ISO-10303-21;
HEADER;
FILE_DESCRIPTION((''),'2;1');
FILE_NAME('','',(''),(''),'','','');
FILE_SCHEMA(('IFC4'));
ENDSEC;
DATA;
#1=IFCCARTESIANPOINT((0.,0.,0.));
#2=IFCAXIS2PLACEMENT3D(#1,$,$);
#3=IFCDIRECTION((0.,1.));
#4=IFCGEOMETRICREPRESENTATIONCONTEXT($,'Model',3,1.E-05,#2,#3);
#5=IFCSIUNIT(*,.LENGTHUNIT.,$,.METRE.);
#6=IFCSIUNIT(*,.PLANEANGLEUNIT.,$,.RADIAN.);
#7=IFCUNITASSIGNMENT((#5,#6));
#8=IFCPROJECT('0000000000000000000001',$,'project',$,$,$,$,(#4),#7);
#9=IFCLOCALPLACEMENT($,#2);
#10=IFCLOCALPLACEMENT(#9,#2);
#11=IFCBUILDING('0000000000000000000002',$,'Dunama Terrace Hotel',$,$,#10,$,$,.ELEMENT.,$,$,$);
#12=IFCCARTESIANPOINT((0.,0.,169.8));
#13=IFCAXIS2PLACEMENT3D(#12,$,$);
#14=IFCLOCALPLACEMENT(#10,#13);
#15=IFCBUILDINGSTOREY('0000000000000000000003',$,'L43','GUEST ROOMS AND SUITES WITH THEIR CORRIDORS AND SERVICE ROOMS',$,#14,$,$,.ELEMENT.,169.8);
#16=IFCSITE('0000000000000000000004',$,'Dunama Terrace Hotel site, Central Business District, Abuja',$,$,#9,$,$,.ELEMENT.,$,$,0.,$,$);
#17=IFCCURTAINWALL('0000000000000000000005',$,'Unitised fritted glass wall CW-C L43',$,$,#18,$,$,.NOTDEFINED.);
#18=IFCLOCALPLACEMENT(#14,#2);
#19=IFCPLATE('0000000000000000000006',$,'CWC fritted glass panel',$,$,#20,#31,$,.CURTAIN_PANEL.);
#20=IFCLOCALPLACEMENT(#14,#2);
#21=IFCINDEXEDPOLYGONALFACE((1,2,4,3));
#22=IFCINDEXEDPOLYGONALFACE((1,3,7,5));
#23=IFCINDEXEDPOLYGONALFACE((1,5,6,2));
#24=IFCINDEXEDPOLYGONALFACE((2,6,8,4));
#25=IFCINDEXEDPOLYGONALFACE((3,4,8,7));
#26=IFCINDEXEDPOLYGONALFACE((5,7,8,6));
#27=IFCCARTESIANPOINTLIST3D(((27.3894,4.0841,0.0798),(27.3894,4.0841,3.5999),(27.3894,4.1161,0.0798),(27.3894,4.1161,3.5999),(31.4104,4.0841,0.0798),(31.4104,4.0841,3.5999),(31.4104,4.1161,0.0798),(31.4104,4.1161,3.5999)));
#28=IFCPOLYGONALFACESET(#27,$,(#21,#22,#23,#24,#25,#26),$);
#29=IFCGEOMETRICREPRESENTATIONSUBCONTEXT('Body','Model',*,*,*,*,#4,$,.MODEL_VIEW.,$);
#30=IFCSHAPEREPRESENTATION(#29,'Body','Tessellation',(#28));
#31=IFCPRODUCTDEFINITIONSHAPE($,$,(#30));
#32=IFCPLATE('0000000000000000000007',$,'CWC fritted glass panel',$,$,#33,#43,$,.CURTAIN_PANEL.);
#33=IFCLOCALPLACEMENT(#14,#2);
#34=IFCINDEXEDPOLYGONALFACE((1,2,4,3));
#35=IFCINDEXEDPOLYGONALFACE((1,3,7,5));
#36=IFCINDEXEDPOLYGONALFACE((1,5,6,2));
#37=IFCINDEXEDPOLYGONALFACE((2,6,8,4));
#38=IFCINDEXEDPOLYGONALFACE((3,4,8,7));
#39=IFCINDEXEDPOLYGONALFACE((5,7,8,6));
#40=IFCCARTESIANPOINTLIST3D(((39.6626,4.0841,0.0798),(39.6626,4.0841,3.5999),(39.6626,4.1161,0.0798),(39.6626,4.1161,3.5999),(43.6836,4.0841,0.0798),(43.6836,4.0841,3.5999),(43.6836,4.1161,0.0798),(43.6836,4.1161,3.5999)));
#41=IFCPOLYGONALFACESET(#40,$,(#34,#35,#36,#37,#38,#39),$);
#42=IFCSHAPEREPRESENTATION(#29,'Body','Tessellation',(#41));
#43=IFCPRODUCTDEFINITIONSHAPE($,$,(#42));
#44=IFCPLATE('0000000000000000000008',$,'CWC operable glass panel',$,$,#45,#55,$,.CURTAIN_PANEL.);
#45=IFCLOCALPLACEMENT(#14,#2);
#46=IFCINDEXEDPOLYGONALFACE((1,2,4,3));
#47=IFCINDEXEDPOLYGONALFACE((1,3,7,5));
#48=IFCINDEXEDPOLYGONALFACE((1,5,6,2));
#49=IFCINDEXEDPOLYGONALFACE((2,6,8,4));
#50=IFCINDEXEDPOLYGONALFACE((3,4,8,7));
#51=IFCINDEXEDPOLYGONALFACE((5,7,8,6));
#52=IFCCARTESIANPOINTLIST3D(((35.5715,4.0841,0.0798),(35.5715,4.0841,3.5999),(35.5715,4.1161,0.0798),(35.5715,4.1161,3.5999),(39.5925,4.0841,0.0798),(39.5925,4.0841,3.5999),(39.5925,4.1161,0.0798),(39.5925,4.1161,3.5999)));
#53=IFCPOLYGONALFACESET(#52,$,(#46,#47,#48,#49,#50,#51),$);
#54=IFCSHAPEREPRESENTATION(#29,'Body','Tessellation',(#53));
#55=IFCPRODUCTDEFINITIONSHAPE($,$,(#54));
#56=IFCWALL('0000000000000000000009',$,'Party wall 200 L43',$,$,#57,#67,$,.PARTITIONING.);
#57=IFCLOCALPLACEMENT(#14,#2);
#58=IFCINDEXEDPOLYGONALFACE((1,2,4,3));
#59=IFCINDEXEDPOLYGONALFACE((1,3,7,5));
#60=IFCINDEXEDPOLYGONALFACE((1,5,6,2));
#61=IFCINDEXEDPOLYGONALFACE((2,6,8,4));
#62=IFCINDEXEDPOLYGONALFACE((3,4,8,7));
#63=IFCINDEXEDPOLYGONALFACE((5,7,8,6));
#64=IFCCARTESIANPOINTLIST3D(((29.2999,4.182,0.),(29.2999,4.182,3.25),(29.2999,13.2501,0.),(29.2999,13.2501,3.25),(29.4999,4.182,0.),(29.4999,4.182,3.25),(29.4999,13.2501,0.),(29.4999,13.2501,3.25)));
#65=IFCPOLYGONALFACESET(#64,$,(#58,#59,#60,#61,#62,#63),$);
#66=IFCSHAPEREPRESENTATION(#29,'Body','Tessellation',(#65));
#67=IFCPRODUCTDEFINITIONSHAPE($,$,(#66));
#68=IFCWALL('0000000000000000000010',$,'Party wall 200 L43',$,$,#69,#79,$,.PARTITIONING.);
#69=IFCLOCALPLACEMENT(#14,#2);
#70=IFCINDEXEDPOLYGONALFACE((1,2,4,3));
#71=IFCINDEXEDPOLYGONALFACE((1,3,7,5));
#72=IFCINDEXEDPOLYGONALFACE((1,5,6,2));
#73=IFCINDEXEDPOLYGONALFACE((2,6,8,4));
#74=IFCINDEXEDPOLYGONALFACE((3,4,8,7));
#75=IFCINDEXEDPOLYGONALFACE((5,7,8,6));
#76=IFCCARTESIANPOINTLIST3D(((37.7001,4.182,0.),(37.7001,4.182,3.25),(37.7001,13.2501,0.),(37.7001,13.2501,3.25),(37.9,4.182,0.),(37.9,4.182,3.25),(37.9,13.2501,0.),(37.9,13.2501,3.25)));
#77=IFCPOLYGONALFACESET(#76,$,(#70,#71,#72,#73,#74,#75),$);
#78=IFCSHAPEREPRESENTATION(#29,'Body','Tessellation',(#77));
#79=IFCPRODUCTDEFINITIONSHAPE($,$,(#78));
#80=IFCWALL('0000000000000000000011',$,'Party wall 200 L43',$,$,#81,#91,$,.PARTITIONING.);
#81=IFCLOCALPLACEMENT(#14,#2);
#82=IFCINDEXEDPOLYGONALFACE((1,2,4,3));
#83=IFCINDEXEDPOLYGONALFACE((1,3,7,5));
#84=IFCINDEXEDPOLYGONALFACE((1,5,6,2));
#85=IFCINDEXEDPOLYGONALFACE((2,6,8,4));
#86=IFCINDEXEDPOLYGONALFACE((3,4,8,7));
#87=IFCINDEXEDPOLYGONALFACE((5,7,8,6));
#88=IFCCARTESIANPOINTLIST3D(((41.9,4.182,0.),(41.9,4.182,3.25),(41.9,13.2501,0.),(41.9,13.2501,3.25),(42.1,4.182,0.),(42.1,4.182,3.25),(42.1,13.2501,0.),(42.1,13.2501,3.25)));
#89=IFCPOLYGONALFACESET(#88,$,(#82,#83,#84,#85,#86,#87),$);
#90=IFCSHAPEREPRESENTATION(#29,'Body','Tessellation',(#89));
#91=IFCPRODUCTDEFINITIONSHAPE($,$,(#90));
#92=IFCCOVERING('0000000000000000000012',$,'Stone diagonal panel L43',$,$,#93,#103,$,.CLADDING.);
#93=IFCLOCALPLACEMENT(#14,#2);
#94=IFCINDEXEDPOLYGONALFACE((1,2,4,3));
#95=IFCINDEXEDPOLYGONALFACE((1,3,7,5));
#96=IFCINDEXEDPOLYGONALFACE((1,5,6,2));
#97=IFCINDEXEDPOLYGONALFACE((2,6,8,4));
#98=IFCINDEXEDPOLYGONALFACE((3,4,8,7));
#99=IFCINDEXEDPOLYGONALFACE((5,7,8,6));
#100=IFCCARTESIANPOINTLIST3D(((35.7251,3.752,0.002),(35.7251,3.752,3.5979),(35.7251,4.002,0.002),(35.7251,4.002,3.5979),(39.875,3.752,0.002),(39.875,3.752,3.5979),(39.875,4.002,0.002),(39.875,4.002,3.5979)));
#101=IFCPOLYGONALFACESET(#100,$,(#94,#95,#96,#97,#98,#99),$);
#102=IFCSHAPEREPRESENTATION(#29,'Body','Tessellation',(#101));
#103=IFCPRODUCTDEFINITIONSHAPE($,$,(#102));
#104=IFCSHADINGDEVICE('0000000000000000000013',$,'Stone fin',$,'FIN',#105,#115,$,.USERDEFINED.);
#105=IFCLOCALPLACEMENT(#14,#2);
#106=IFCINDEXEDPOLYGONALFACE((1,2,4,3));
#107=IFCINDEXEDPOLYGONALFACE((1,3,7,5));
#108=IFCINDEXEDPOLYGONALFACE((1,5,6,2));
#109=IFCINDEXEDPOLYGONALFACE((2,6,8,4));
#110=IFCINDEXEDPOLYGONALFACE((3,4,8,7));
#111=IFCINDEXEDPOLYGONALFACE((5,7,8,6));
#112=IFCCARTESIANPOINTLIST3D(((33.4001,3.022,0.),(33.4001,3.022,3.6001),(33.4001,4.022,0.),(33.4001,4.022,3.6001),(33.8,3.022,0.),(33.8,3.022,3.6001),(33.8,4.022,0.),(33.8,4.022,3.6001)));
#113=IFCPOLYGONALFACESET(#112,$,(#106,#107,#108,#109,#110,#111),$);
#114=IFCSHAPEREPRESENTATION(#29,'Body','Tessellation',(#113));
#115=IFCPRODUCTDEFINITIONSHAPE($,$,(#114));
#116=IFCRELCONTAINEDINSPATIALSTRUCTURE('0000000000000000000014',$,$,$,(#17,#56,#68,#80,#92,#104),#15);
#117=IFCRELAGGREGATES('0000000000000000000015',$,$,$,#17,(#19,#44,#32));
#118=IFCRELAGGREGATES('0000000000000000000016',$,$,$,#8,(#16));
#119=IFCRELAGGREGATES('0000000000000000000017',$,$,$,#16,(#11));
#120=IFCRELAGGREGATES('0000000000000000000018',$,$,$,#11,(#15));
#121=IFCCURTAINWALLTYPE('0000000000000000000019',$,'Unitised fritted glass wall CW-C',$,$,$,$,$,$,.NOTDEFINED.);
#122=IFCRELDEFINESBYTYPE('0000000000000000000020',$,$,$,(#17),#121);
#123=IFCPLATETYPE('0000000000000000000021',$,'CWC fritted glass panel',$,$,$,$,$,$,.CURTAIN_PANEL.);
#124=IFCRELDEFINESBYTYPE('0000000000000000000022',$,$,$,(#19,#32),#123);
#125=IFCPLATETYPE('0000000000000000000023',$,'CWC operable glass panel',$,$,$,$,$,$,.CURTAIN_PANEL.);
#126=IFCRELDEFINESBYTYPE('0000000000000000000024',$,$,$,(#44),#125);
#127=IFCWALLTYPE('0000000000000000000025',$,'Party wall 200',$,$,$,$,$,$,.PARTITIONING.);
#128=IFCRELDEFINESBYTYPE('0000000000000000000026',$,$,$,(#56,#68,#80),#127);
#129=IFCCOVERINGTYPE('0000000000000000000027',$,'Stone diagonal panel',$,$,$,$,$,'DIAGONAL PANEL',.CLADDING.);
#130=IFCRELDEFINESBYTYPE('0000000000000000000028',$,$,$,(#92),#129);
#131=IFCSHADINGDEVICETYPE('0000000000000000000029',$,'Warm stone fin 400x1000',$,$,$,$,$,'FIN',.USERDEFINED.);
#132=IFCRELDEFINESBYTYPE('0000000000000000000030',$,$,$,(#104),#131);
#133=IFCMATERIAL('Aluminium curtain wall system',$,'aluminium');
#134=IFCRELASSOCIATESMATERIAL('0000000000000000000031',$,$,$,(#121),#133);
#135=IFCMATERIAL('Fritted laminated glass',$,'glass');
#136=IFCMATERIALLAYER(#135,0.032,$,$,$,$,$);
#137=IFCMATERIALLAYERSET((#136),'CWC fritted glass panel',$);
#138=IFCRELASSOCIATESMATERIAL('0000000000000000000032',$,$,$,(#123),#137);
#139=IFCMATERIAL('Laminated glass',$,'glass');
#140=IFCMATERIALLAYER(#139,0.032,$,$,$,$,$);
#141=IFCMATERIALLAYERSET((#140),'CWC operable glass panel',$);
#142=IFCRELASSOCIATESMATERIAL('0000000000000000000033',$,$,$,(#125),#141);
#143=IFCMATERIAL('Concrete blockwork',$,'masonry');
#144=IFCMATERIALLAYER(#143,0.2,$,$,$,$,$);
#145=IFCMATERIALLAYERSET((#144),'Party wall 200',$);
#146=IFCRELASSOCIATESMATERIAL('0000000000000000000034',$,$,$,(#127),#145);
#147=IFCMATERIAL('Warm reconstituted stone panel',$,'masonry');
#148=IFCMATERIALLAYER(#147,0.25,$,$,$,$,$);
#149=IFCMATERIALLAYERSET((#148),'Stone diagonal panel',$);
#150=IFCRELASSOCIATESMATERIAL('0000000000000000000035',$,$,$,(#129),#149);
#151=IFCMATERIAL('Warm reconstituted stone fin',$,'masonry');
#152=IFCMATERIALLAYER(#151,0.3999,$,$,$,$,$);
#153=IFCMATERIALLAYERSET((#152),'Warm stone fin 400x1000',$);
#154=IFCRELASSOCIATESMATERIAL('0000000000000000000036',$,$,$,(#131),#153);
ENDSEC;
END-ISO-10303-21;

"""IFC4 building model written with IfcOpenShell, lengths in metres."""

from ifc_helpers import new_model, si_unit, direction, frame, frame_2d, origin, origin_2d, place, context, subcontext, project, spatial, rectangle, extrude, material, layer, layer_set, type_object, element, aggregate, save


model = new_model("IFC4")

# Units and contexts
model_context = context("Model", 3, precision=1e-05, world=origin(), true_north=direction((0.0, 1.0)))
body_context = subcontext(model_context, "Body", "Model", "MODEL_VIEW")
ifc_project = project(units=[si_unit("LENGTHUNIT", "METRE"), si_unit("PLANEANGLEUNIT", "RADIAN")], contexts=[model_context])

# Site, building, storey
site_placement = place(None, origin())
site = spatial("IfcSite", under=ifc_project, at=site_placement, Name="Dunama Terrace Hotel site, Central Business District, Abuja", CompositionType="ELEMENT", RefElevation=0.0)
building_placement = place(site_placement, origin())
building = spatial("IfcBuilding", under=site, at=building_placement, Name="Dunama Terrace Hotel", CompositionType="ELEMENT")
storey_placement = place(building_placement, frame((0.0, 0.0, 169.8)))
storey = spatial("IfcBuildingStorey", under=building, at=storey_placement, Name="L43", Description="GUEST ROOMS AND SUITES WITH THEIR CORRIDORS AND SERVICE ROOMS", CompositionType="ELEMENT", Elevation=169.8)

# Curtain wall
ifc_material_1 = material(Name="Aluminium curtain wall system", Category="aluminium")
curtain_wall_type = type_object("IfcCurtainWallType", Name="Unitised fritted glass wall CW-C", PredefinedType="NOTDEFINED", material=ifc_material_1)
curtain_wall_placement = place(storey_placement, origin())
curtain_wall = element("IfcCurtainWall", 1, at=curtain_wall_placement, inside=storey, type_object=curtain_wall_type, Name="Unitised fritted glass wall CW-C L43", PredefinedType="NOTDEFINED")

# Plates
ifc_material_2 = material(Name="Fritted laminated glass", Category="glass")
ifc_layer_1 = layer(ifc_material_2, 0.032)
ifc_layer_set_1 = layer_set([ifc_layer_1], Name="CWC fritted glass panel")
plate_type_1 = type_object("IfcPlateType", Name="CWC fritted glass panel", PredefinedType="CURTAIN_PANEL", material=ifc_layer_set_1)
plate_1_placement = place(storey_placement, frame((29.3999, 4.1001, 0.0798), z_axis=(0.0, 0.0, 1.0), x_axis=(1.0, 0.0, 0.0)))
plate_1 = element("IfcPlate", 2, at=plate_1_placement, type_object=plate_type_1, Name="CWC fritted glass panel", PredefinedType="CURTAIN_PANEL", context=body_context, shape_type="SweptSolid", body=[
    extrude(rectangle(XDim=4.021, YDim=0.032, at=origin_2d()), origin(), (0.0, 0.0, 1.0), 3.52),
])
plate_2_placement = place(storey_placement, frame((41.6731, 4.1001, 0.0798), z_axis=(0.0, 0.0, 1.0), x_axis=(1.0, 0.0, 0.0)))
plate_2 = element("IfcPlate", 3, at=plate_2_placement, type_object=plate_type_1, Name="CWC fritted glass panel", PredefinedType="CURTAIN_PANEL", context=body_context, shape_type="SweptSolid", body=[
    extrude(rectangle(XDim=4.021, YDim=0.032, at=origin_2d()), origin(), (0.0, 0.0, 1.0), 3.52),
])
ifc_material_3 = material(Name="Laminated glass", Category="glass")
ifc_layer_2 = layer(ifc_material_3, 0.032)
ifc_layer_set_2 = layer_set([ifc_layer_2], Name="CWC operable glass panel")
plate_type_2 = type_object("IfcPlateType", Name="CWC operable glass panel", PredefinedType="CURTAIN_PANEL", material=ifc_layer_set_2)
plate_3_placement = place(storey_placement, frame((37.582, 4.1001, 0.0798), z_axis=(0.0, 0.0, 1.0), x_axis=(1.0, 0.0, 0.0)))
plate_3 = element("IfcPlate", 4, at=plate_3_placement, type_object=plate_type_2, Name="CWC operable glass panel", PredefinedType="CURTAIN_PANEL", context=body_context, shape_type="SweptSolid", body=[
    extrude(rectangle(XDim=4.021, YDim=0.032, at=origin_2d()), origin(), (0.0, 0.0, 1.0), 3.52),
])
aggregate(curtain_wall, [plate_1, plate_3, plate_2])

# Walls
ifc_material_4 = material(Name="Concrete blockwork", Category="masonry")
ifc_layer_3 = layer(ifc_material_4, 0.2)
ifc_layer_set_3 = layer_set([ifc_layer_3], Name="Party wall 200")
wall_type = type_object("IfcWallType", Name="Party wall 200", PredefinedType="PARTITIONING", material=ifc_layer_set_3)
for number, where, z_axis, x_axis, name in (
    (5, (29.3999, 4.1819, 0.0), (0.0, 0.0, 1.0), (0.0, 1.0, 0.0), "Party wall 200 L43"),
    (6, (37.8, 4.1819, 0.0), (0.0, 0.0, 1.0), (0.0, 1.0, 0.0), "Party wall 200 L43"),
    (7, (42.0, 4.1819, 0.0), (0.0, 0.0, 1.0), (0.0, 1.0, 0.0), "Party wall 200 L43"),
):
    element("IfcWall", number, at=place(storey_placement, frame(where, z_axis=z_axis, x_axis=x_axis)), inside=storey, type_object=wall_type, Name=name, PredefinedType="PARTITIONING", context=body_context, shape_type="SweptSolid", body=[
        extrude(rectangle(XDim=9.0681, YDim=0.2, at=frame_2d((4.5342, 0.0))), origin(), (0.0, 0.0, 1.0), 3.25),
    ])

# Covering
ifc_material_5 = material(Name="Warm reconstituted stone panel", Category="masonry")
ifc_layer_4 = layer(ifc_material_5, 0.25)
ifc_layer_set_4 = layer_set([ifc_layer_4], Name="Stone diagonal panel")
covering_type = type_object("IfcCoveringType", Name="Stone diagonal panel", ElementType="DIAGONAL PANEL", PredefinedType="CLADDING", material=ifc_layer_set_4)
covering_placement = place(storey_placement, frame((37.8, 3.877, 0.002), z_axis=(0.0, 0.0, 1.0), x_axis=(1.0, 0.0, 0.0)))
element("IfcCovering", 8, at=covering_placement, inside=storey, type_object=covering_type, Name="Stone diagonal panel L43", PredefinedType="CLADDING", context=body_context, shape_type="SweptSolid", body=[
    extrude(rectangle(XDim=4.1499, YDim=0.25, at=origin_2d()), origin(), (0.0, 0.0, 1.0), 3.5959),
])

# Shading device
ifc_material_6 = material(Name="Warm reconstituted stone fin", Category="masonry")
ifc_layer_5 = layer(ifc_material_6, 0.3999)
ifc_layer_set_5 = layer_set([ifc_layer_5], Name="Warm stone fin 400x1000")
shading_device_type = type_object("IfcShadingDeviceType", Name="Warm stone fin 400x1000", ElementType="FIN", PredefinedType="USERDEFINED", material=ifc_layer_set_5)
shading_device_placement = place(storey_placement, frame((33.6001, 3.522, 0.0), z_axis=(0.0, 0.0, 1.0), x_axis=(1.0, 0.0, 0.0)))
element("IfcShadingDevice", 9, at=shading_device_placement, inside=storey, type_object=shading_device_type, Name="Stone fin", ObjectType="FIN", PredefinedType="USERDEFINED", context=body_context, shape_type="SweptSolid", body=[
    extrude(rectangle(XDim=0.3999, YDim=1.0, at=origin_2d()), origin(), (0.0, 0.0, 1.0), 3.6001),
])

save(model, "model.ifc")
